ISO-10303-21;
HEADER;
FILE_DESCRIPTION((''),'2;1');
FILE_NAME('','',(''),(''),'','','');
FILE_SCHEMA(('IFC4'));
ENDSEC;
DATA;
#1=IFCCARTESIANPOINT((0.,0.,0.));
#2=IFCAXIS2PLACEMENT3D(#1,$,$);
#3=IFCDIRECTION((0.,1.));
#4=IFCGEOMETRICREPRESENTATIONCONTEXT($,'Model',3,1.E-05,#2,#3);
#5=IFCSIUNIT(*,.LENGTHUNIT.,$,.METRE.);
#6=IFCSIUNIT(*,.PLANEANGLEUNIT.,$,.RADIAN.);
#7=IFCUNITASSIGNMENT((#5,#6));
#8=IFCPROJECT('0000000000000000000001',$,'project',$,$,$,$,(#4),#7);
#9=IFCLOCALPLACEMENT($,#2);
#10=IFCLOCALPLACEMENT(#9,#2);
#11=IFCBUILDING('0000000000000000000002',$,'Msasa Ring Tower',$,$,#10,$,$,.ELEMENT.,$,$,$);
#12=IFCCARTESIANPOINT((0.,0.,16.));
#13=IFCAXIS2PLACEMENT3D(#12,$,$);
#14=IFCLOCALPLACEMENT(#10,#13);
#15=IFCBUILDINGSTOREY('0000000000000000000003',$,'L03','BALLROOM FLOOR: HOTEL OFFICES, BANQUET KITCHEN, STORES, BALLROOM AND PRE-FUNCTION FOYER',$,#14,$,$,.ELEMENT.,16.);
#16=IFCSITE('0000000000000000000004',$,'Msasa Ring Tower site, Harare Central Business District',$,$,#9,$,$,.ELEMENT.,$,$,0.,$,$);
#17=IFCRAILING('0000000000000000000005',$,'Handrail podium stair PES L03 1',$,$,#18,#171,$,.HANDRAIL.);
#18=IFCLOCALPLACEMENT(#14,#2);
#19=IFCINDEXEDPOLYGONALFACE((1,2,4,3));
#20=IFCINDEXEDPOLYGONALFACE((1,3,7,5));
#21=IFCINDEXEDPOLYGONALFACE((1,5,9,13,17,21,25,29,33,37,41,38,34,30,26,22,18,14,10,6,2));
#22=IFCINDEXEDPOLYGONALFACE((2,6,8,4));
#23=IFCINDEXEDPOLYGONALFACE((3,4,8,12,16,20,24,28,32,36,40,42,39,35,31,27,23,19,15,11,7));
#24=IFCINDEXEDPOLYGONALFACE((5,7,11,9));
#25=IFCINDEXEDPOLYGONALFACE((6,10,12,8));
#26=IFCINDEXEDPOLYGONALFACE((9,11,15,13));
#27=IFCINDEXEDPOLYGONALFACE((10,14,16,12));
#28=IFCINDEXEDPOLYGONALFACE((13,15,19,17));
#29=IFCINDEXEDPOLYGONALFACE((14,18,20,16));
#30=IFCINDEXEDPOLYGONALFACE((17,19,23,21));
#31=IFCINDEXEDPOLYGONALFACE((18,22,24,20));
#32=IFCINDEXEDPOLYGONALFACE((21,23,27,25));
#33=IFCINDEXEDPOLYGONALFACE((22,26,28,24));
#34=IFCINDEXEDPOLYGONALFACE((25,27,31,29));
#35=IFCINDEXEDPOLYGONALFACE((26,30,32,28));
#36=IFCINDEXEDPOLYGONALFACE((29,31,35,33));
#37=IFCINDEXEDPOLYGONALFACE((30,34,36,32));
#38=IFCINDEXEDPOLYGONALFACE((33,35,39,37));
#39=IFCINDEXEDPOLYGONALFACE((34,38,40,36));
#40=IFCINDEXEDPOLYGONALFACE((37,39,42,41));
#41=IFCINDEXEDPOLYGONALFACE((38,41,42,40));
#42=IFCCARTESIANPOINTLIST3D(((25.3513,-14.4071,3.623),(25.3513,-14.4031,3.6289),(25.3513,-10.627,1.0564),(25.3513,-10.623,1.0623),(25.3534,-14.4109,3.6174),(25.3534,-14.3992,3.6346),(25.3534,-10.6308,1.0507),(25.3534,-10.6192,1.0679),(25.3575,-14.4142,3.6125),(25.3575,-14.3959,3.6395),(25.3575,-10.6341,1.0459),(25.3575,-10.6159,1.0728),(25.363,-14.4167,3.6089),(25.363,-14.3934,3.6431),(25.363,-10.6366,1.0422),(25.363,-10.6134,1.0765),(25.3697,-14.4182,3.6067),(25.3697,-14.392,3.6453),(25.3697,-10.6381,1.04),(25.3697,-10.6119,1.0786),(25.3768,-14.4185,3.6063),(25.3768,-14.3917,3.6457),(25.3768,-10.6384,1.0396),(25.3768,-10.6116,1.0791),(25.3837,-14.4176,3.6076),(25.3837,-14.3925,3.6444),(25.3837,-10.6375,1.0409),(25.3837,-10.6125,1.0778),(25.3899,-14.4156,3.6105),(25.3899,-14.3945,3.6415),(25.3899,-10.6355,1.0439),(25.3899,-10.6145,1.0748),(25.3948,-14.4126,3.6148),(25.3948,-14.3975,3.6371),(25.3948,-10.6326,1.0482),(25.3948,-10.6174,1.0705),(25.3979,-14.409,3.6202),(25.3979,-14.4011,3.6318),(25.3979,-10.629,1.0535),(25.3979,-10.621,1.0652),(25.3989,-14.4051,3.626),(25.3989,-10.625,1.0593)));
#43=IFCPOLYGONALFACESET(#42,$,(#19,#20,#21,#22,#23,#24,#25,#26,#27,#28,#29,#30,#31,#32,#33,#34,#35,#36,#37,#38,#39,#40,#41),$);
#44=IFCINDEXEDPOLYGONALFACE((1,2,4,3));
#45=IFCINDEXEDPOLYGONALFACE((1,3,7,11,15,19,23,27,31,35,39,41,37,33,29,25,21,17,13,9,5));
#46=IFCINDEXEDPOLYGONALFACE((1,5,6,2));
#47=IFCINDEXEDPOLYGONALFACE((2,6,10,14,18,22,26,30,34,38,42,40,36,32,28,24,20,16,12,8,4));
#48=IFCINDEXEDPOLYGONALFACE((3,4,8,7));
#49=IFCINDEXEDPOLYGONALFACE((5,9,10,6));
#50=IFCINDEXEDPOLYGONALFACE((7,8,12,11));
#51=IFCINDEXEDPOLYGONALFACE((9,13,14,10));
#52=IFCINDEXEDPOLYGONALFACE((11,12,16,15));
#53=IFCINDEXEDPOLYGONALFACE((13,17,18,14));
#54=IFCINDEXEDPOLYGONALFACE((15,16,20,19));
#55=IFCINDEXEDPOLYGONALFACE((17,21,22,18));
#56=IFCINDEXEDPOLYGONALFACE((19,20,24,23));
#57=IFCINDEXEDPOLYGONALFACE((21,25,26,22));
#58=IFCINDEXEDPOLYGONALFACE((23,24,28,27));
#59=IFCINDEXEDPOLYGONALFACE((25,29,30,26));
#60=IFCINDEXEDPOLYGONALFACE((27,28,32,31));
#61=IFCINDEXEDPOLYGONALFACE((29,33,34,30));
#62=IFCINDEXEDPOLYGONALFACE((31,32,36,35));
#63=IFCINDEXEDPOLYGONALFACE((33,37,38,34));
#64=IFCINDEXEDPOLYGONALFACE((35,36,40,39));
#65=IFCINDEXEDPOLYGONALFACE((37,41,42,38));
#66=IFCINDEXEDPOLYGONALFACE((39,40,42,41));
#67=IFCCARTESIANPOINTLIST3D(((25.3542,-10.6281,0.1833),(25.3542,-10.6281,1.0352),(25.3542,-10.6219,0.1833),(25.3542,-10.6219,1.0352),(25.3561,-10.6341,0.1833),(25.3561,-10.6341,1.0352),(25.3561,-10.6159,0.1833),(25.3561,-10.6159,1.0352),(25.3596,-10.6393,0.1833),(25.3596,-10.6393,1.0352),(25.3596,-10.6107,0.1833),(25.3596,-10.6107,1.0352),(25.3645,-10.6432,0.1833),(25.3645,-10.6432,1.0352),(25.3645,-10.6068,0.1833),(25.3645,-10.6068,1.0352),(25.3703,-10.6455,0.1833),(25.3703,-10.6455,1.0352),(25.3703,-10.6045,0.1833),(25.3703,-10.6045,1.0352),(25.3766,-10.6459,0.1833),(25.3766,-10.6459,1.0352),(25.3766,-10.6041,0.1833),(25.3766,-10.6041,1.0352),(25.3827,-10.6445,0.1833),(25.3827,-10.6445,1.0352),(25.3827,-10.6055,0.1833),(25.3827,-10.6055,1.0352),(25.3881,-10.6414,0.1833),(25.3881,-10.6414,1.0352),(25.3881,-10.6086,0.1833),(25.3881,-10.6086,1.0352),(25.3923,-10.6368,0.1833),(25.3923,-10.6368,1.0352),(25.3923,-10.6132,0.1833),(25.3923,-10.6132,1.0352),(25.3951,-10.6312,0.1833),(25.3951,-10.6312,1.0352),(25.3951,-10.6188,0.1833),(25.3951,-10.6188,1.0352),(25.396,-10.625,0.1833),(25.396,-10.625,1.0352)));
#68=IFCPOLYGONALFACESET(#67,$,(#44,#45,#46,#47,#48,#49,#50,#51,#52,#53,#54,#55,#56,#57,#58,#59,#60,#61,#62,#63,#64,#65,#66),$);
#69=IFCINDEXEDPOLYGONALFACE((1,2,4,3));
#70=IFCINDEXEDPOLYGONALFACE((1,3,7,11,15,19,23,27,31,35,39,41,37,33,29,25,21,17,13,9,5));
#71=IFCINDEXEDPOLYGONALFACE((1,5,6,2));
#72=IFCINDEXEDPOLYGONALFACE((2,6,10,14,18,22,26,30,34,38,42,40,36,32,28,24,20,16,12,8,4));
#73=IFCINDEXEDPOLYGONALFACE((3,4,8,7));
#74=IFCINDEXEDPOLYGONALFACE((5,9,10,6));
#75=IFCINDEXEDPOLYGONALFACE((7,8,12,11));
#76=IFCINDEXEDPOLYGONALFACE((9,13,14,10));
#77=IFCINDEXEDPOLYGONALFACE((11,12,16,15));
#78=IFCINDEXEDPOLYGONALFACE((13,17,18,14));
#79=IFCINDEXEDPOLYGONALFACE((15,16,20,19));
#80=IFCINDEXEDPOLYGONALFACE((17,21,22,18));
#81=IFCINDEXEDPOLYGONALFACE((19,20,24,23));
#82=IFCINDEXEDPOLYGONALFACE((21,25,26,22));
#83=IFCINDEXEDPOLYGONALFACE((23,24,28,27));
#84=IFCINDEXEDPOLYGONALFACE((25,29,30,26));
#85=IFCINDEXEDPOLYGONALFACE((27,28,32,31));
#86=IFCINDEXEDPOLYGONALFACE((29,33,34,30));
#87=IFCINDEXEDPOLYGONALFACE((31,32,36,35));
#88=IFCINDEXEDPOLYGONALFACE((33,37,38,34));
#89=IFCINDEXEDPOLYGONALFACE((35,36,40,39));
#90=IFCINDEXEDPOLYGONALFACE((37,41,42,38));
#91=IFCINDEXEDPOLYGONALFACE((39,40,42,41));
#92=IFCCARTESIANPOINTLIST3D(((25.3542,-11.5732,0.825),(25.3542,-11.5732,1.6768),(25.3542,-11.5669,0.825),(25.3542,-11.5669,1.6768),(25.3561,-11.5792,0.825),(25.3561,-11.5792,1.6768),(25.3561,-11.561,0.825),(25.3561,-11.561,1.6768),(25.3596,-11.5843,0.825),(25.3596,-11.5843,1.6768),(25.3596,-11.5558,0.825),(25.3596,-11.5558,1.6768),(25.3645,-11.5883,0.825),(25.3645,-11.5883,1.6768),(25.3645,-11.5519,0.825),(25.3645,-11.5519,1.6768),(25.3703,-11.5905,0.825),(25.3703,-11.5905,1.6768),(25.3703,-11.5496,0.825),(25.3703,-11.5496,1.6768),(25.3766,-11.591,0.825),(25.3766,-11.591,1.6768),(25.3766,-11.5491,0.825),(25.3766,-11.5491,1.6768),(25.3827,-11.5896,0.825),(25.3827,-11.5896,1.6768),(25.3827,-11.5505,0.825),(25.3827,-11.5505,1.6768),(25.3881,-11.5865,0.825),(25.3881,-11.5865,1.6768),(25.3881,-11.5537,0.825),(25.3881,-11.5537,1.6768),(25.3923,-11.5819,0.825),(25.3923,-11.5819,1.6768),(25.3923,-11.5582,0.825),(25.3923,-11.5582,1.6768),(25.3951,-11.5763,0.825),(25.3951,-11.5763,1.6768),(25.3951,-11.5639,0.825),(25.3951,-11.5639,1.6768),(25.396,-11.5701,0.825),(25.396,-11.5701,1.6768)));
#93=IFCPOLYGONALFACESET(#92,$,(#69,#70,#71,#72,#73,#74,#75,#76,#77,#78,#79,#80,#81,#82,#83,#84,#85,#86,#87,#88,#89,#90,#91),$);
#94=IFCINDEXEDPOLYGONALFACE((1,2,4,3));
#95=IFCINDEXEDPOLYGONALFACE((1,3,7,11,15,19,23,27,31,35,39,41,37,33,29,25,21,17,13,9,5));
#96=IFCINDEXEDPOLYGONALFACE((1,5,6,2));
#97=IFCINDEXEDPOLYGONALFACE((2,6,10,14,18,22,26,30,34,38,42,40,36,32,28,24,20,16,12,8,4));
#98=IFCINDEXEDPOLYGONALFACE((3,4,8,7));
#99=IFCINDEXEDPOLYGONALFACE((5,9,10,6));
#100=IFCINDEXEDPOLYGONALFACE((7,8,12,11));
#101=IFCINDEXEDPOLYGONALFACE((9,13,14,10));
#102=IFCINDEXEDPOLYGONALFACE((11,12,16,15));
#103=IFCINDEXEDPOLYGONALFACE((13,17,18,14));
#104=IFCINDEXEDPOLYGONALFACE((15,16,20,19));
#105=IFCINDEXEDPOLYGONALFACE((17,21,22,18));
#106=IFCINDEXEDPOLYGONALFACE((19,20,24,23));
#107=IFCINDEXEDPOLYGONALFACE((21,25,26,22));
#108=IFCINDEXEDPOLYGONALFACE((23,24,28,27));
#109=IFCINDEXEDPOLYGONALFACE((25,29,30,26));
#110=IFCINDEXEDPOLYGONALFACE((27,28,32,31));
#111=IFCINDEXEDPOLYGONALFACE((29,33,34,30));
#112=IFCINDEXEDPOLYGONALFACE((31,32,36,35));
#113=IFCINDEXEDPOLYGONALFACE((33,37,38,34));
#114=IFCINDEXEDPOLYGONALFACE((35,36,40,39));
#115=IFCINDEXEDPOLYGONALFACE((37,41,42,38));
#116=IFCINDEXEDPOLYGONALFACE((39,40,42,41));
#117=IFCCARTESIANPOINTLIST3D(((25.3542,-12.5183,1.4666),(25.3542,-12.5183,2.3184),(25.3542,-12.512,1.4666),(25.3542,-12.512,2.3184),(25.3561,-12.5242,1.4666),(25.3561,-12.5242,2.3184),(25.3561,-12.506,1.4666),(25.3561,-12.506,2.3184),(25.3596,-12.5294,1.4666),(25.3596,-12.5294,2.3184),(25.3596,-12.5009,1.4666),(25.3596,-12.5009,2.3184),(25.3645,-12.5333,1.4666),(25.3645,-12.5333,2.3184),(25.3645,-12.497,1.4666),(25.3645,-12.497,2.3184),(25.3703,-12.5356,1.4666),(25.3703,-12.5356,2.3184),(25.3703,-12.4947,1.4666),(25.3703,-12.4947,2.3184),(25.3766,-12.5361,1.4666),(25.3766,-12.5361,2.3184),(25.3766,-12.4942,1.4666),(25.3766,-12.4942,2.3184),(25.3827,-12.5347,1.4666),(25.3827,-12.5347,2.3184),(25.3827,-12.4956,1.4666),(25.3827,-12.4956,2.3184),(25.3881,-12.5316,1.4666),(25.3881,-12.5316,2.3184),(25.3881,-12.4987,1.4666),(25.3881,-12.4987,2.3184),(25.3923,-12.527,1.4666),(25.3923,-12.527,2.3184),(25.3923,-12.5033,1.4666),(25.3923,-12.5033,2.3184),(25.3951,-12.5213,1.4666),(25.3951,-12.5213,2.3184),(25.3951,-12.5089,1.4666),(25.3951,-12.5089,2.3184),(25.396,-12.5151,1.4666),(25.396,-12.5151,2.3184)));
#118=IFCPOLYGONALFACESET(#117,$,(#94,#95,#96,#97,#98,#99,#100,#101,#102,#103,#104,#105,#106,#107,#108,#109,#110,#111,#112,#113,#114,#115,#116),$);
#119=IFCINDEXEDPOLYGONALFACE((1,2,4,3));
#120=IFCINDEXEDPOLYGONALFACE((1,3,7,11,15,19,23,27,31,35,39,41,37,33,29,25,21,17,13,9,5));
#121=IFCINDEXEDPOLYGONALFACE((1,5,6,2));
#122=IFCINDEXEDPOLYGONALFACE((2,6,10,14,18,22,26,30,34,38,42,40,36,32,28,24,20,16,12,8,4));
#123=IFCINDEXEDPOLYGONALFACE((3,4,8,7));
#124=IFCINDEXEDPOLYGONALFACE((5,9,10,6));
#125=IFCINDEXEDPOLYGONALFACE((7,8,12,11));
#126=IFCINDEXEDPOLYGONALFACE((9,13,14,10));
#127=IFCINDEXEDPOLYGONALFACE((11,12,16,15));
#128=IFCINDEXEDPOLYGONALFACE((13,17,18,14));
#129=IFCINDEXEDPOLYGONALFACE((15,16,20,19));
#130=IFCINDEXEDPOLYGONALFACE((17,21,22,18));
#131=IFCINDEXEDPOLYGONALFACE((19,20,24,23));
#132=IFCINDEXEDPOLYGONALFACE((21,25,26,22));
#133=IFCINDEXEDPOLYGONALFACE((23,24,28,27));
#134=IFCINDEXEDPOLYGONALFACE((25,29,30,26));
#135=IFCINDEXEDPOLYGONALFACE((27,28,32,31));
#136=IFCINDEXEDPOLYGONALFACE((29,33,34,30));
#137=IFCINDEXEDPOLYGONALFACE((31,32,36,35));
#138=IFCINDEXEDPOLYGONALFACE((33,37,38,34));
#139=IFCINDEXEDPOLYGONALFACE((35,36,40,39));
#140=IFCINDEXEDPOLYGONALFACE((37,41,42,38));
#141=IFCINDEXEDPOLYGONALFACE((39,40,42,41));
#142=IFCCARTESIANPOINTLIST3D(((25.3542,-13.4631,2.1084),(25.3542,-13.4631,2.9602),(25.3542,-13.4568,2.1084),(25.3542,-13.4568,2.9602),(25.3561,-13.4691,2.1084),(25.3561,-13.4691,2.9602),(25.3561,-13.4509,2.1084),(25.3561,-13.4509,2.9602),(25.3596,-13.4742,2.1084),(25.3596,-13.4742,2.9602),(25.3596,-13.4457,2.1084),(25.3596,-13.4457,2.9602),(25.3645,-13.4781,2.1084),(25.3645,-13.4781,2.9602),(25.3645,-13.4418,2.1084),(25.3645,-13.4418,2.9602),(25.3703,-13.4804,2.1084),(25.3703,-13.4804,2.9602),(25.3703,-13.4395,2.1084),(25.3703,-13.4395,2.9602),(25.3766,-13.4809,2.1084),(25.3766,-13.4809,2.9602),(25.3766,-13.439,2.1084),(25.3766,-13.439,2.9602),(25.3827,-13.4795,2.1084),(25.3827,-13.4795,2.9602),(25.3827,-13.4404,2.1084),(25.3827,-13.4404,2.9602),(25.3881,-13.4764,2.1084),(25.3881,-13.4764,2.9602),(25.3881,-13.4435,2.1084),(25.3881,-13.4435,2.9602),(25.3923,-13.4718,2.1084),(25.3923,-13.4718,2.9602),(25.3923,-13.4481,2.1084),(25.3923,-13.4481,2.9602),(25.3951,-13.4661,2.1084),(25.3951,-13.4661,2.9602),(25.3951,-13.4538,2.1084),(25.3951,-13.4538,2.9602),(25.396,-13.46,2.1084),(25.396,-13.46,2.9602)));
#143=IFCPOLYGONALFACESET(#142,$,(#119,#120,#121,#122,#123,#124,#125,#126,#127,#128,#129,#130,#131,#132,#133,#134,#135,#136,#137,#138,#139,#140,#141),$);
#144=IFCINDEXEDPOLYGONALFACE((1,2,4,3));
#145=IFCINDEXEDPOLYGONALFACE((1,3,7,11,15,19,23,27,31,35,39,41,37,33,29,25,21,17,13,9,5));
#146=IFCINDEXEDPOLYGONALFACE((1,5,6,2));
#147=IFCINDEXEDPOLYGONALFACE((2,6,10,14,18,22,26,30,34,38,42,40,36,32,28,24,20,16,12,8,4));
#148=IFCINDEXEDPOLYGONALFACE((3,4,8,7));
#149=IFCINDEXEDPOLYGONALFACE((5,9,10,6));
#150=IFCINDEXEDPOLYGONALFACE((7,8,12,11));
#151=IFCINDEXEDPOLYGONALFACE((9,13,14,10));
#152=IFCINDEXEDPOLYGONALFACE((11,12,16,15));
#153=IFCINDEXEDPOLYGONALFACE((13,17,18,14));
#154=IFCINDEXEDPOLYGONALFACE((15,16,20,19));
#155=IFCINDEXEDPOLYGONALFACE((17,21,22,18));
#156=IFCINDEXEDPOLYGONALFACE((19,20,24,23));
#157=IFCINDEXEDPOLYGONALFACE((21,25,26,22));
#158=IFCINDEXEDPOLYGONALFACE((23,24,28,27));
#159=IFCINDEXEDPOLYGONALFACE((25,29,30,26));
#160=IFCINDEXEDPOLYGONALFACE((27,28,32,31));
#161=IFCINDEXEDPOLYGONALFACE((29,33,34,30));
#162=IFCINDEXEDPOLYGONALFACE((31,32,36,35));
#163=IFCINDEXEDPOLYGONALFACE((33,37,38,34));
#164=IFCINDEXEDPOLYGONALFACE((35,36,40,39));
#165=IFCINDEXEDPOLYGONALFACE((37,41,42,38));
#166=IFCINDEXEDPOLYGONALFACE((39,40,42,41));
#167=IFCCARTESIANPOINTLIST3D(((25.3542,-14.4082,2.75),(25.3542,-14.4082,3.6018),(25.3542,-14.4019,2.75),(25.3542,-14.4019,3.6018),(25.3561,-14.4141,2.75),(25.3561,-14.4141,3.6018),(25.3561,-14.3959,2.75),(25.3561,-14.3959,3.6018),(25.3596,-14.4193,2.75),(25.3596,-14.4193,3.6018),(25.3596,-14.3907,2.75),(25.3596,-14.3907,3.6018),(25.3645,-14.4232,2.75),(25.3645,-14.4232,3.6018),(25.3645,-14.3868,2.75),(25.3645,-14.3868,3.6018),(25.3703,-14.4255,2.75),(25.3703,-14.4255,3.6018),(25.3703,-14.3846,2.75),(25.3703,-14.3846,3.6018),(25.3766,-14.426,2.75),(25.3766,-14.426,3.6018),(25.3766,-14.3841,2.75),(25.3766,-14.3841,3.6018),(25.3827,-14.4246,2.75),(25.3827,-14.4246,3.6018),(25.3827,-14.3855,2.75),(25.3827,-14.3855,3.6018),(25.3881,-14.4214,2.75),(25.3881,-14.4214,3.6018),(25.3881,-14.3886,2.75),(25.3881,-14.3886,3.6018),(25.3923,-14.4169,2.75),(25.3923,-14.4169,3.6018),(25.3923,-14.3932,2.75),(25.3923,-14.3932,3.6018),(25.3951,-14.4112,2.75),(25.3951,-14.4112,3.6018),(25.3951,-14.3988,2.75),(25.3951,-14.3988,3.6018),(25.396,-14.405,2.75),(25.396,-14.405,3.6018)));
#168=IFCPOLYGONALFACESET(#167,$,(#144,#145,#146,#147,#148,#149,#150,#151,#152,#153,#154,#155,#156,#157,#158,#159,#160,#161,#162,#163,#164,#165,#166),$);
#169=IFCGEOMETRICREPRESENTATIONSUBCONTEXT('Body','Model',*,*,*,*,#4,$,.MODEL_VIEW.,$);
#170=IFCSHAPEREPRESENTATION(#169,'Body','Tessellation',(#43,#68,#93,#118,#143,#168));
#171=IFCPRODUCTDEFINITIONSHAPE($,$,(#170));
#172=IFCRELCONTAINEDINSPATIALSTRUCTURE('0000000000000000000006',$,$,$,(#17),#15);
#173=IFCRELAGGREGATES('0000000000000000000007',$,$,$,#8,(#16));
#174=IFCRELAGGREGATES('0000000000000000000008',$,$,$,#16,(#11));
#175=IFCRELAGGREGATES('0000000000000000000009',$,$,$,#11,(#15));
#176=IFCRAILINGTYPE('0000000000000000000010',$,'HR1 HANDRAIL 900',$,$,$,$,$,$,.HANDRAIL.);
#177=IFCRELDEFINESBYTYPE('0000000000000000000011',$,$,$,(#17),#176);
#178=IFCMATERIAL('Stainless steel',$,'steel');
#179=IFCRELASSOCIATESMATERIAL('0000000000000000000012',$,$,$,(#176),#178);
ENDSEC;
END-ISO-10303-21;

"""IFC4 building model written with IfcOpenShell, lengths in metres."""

from ifc_helpers import new_model, si_unit, direction, frame, origin, origin_2d, place, context, subcontext, project, spatial, circle, extrude, material, type_object, element, save


model = new_model("IFC4")

# Units and contexts
model_context = context("Model", 3, precision=1e-05, world=origin(), true_north=direction((0.0, 1.0)))
body_context = subcontext(model_context, "Body", "Model", "MODEL_VIEW")
ifc_project = project(units=[si_unit("LENGTHUNIT", "METRE"), si_unit("PLANEANGLEUNIT", "RADIAN")], contexts=[model_context])

# Site, building, storey
site_placement = place(None, origin())
site = spatial("IfcSite", under=ifc_project, at=site_placement, Name="Msasa Ring Tower site, Harare Central Business District", CompositionType="ELEMENT", RefElevation=0.0)
building_placement = place(site_placement, origin())
building = spatial("IfcBuilding", under=site, at=building_placement, Name="Msasa Ring Tower", CompositionType="ELEMENT")
storey_placement = place(building_placement, frame((0.0, 0.0, 16.0)))
storey = spatial("IfcBuildingStorey", under=building, at=storey_placement, Name="L03", Description="BALLROOM FLOOR: HOTEL OFFICES, BANQUET KITCHEN, STORES, BALLROOM AND PRE-FUNCTION FOYER", CompositionType="ELEMENT", Elevation=16.0)

# Railing
ifc_material_1 = material(Name="Stainless steel", Category="steel")
railing_type = type_object("IfcRailingType", Name="HR1 HANDRAIL 900", PredefinedType="HANDRAIL", material=ifc_material_1)
for number, where, name in (
    (1, (25.375, -10.625, 0.1833), "Handrail podium stair PES L03 1"),
):
    element("IfcRailing", number, at=place(storey_placement, frame(where)), inside=storey, type_object=railing_type, Name=name, PredefinedType="HANDRAIL", context=body_context, shape_type="SweptSolid", body=[
        extrude(circle(Radius=0.0239, at=origin_2d()), frame((0.0, 0.0, 0.876), z_axis=(0.0, -0.82731, 0.561746), x_axis=(1.0, 0.0, 0.0)), (0.0, 0.0, 1.0), 4.5691),
        extrude(circle(Radius=0.021, at=origin_2d()), origin(), (0.0, 0.0, 1.0), 0.8518),
        extrude(circle(Radius=0.021, at=origin_2d()), frame((0.0, -0.9451, 0.6416)), (0.0, 0.0, 1.0), 0.8518),
        extrude(circle(Radius=0.021, at=origin_2d()), frame((0.0, -1.8901, 1.2832)), (0.0, 0.0, 1.0), 0.8518),
        extrude(circle(Radius=0.021, at=origin_2d()), frame((0.0, -2.835, 1.925)), (0.0, 0.0, 1.0), 0.8518),
        extrude(circle(Radius=0.021, at=origin_2d()), frame((0.0, -3.78, 2.5667)), (0.0, 0.0, 1.0), 0.8518),
    ])

save(model, "model.ifc")
